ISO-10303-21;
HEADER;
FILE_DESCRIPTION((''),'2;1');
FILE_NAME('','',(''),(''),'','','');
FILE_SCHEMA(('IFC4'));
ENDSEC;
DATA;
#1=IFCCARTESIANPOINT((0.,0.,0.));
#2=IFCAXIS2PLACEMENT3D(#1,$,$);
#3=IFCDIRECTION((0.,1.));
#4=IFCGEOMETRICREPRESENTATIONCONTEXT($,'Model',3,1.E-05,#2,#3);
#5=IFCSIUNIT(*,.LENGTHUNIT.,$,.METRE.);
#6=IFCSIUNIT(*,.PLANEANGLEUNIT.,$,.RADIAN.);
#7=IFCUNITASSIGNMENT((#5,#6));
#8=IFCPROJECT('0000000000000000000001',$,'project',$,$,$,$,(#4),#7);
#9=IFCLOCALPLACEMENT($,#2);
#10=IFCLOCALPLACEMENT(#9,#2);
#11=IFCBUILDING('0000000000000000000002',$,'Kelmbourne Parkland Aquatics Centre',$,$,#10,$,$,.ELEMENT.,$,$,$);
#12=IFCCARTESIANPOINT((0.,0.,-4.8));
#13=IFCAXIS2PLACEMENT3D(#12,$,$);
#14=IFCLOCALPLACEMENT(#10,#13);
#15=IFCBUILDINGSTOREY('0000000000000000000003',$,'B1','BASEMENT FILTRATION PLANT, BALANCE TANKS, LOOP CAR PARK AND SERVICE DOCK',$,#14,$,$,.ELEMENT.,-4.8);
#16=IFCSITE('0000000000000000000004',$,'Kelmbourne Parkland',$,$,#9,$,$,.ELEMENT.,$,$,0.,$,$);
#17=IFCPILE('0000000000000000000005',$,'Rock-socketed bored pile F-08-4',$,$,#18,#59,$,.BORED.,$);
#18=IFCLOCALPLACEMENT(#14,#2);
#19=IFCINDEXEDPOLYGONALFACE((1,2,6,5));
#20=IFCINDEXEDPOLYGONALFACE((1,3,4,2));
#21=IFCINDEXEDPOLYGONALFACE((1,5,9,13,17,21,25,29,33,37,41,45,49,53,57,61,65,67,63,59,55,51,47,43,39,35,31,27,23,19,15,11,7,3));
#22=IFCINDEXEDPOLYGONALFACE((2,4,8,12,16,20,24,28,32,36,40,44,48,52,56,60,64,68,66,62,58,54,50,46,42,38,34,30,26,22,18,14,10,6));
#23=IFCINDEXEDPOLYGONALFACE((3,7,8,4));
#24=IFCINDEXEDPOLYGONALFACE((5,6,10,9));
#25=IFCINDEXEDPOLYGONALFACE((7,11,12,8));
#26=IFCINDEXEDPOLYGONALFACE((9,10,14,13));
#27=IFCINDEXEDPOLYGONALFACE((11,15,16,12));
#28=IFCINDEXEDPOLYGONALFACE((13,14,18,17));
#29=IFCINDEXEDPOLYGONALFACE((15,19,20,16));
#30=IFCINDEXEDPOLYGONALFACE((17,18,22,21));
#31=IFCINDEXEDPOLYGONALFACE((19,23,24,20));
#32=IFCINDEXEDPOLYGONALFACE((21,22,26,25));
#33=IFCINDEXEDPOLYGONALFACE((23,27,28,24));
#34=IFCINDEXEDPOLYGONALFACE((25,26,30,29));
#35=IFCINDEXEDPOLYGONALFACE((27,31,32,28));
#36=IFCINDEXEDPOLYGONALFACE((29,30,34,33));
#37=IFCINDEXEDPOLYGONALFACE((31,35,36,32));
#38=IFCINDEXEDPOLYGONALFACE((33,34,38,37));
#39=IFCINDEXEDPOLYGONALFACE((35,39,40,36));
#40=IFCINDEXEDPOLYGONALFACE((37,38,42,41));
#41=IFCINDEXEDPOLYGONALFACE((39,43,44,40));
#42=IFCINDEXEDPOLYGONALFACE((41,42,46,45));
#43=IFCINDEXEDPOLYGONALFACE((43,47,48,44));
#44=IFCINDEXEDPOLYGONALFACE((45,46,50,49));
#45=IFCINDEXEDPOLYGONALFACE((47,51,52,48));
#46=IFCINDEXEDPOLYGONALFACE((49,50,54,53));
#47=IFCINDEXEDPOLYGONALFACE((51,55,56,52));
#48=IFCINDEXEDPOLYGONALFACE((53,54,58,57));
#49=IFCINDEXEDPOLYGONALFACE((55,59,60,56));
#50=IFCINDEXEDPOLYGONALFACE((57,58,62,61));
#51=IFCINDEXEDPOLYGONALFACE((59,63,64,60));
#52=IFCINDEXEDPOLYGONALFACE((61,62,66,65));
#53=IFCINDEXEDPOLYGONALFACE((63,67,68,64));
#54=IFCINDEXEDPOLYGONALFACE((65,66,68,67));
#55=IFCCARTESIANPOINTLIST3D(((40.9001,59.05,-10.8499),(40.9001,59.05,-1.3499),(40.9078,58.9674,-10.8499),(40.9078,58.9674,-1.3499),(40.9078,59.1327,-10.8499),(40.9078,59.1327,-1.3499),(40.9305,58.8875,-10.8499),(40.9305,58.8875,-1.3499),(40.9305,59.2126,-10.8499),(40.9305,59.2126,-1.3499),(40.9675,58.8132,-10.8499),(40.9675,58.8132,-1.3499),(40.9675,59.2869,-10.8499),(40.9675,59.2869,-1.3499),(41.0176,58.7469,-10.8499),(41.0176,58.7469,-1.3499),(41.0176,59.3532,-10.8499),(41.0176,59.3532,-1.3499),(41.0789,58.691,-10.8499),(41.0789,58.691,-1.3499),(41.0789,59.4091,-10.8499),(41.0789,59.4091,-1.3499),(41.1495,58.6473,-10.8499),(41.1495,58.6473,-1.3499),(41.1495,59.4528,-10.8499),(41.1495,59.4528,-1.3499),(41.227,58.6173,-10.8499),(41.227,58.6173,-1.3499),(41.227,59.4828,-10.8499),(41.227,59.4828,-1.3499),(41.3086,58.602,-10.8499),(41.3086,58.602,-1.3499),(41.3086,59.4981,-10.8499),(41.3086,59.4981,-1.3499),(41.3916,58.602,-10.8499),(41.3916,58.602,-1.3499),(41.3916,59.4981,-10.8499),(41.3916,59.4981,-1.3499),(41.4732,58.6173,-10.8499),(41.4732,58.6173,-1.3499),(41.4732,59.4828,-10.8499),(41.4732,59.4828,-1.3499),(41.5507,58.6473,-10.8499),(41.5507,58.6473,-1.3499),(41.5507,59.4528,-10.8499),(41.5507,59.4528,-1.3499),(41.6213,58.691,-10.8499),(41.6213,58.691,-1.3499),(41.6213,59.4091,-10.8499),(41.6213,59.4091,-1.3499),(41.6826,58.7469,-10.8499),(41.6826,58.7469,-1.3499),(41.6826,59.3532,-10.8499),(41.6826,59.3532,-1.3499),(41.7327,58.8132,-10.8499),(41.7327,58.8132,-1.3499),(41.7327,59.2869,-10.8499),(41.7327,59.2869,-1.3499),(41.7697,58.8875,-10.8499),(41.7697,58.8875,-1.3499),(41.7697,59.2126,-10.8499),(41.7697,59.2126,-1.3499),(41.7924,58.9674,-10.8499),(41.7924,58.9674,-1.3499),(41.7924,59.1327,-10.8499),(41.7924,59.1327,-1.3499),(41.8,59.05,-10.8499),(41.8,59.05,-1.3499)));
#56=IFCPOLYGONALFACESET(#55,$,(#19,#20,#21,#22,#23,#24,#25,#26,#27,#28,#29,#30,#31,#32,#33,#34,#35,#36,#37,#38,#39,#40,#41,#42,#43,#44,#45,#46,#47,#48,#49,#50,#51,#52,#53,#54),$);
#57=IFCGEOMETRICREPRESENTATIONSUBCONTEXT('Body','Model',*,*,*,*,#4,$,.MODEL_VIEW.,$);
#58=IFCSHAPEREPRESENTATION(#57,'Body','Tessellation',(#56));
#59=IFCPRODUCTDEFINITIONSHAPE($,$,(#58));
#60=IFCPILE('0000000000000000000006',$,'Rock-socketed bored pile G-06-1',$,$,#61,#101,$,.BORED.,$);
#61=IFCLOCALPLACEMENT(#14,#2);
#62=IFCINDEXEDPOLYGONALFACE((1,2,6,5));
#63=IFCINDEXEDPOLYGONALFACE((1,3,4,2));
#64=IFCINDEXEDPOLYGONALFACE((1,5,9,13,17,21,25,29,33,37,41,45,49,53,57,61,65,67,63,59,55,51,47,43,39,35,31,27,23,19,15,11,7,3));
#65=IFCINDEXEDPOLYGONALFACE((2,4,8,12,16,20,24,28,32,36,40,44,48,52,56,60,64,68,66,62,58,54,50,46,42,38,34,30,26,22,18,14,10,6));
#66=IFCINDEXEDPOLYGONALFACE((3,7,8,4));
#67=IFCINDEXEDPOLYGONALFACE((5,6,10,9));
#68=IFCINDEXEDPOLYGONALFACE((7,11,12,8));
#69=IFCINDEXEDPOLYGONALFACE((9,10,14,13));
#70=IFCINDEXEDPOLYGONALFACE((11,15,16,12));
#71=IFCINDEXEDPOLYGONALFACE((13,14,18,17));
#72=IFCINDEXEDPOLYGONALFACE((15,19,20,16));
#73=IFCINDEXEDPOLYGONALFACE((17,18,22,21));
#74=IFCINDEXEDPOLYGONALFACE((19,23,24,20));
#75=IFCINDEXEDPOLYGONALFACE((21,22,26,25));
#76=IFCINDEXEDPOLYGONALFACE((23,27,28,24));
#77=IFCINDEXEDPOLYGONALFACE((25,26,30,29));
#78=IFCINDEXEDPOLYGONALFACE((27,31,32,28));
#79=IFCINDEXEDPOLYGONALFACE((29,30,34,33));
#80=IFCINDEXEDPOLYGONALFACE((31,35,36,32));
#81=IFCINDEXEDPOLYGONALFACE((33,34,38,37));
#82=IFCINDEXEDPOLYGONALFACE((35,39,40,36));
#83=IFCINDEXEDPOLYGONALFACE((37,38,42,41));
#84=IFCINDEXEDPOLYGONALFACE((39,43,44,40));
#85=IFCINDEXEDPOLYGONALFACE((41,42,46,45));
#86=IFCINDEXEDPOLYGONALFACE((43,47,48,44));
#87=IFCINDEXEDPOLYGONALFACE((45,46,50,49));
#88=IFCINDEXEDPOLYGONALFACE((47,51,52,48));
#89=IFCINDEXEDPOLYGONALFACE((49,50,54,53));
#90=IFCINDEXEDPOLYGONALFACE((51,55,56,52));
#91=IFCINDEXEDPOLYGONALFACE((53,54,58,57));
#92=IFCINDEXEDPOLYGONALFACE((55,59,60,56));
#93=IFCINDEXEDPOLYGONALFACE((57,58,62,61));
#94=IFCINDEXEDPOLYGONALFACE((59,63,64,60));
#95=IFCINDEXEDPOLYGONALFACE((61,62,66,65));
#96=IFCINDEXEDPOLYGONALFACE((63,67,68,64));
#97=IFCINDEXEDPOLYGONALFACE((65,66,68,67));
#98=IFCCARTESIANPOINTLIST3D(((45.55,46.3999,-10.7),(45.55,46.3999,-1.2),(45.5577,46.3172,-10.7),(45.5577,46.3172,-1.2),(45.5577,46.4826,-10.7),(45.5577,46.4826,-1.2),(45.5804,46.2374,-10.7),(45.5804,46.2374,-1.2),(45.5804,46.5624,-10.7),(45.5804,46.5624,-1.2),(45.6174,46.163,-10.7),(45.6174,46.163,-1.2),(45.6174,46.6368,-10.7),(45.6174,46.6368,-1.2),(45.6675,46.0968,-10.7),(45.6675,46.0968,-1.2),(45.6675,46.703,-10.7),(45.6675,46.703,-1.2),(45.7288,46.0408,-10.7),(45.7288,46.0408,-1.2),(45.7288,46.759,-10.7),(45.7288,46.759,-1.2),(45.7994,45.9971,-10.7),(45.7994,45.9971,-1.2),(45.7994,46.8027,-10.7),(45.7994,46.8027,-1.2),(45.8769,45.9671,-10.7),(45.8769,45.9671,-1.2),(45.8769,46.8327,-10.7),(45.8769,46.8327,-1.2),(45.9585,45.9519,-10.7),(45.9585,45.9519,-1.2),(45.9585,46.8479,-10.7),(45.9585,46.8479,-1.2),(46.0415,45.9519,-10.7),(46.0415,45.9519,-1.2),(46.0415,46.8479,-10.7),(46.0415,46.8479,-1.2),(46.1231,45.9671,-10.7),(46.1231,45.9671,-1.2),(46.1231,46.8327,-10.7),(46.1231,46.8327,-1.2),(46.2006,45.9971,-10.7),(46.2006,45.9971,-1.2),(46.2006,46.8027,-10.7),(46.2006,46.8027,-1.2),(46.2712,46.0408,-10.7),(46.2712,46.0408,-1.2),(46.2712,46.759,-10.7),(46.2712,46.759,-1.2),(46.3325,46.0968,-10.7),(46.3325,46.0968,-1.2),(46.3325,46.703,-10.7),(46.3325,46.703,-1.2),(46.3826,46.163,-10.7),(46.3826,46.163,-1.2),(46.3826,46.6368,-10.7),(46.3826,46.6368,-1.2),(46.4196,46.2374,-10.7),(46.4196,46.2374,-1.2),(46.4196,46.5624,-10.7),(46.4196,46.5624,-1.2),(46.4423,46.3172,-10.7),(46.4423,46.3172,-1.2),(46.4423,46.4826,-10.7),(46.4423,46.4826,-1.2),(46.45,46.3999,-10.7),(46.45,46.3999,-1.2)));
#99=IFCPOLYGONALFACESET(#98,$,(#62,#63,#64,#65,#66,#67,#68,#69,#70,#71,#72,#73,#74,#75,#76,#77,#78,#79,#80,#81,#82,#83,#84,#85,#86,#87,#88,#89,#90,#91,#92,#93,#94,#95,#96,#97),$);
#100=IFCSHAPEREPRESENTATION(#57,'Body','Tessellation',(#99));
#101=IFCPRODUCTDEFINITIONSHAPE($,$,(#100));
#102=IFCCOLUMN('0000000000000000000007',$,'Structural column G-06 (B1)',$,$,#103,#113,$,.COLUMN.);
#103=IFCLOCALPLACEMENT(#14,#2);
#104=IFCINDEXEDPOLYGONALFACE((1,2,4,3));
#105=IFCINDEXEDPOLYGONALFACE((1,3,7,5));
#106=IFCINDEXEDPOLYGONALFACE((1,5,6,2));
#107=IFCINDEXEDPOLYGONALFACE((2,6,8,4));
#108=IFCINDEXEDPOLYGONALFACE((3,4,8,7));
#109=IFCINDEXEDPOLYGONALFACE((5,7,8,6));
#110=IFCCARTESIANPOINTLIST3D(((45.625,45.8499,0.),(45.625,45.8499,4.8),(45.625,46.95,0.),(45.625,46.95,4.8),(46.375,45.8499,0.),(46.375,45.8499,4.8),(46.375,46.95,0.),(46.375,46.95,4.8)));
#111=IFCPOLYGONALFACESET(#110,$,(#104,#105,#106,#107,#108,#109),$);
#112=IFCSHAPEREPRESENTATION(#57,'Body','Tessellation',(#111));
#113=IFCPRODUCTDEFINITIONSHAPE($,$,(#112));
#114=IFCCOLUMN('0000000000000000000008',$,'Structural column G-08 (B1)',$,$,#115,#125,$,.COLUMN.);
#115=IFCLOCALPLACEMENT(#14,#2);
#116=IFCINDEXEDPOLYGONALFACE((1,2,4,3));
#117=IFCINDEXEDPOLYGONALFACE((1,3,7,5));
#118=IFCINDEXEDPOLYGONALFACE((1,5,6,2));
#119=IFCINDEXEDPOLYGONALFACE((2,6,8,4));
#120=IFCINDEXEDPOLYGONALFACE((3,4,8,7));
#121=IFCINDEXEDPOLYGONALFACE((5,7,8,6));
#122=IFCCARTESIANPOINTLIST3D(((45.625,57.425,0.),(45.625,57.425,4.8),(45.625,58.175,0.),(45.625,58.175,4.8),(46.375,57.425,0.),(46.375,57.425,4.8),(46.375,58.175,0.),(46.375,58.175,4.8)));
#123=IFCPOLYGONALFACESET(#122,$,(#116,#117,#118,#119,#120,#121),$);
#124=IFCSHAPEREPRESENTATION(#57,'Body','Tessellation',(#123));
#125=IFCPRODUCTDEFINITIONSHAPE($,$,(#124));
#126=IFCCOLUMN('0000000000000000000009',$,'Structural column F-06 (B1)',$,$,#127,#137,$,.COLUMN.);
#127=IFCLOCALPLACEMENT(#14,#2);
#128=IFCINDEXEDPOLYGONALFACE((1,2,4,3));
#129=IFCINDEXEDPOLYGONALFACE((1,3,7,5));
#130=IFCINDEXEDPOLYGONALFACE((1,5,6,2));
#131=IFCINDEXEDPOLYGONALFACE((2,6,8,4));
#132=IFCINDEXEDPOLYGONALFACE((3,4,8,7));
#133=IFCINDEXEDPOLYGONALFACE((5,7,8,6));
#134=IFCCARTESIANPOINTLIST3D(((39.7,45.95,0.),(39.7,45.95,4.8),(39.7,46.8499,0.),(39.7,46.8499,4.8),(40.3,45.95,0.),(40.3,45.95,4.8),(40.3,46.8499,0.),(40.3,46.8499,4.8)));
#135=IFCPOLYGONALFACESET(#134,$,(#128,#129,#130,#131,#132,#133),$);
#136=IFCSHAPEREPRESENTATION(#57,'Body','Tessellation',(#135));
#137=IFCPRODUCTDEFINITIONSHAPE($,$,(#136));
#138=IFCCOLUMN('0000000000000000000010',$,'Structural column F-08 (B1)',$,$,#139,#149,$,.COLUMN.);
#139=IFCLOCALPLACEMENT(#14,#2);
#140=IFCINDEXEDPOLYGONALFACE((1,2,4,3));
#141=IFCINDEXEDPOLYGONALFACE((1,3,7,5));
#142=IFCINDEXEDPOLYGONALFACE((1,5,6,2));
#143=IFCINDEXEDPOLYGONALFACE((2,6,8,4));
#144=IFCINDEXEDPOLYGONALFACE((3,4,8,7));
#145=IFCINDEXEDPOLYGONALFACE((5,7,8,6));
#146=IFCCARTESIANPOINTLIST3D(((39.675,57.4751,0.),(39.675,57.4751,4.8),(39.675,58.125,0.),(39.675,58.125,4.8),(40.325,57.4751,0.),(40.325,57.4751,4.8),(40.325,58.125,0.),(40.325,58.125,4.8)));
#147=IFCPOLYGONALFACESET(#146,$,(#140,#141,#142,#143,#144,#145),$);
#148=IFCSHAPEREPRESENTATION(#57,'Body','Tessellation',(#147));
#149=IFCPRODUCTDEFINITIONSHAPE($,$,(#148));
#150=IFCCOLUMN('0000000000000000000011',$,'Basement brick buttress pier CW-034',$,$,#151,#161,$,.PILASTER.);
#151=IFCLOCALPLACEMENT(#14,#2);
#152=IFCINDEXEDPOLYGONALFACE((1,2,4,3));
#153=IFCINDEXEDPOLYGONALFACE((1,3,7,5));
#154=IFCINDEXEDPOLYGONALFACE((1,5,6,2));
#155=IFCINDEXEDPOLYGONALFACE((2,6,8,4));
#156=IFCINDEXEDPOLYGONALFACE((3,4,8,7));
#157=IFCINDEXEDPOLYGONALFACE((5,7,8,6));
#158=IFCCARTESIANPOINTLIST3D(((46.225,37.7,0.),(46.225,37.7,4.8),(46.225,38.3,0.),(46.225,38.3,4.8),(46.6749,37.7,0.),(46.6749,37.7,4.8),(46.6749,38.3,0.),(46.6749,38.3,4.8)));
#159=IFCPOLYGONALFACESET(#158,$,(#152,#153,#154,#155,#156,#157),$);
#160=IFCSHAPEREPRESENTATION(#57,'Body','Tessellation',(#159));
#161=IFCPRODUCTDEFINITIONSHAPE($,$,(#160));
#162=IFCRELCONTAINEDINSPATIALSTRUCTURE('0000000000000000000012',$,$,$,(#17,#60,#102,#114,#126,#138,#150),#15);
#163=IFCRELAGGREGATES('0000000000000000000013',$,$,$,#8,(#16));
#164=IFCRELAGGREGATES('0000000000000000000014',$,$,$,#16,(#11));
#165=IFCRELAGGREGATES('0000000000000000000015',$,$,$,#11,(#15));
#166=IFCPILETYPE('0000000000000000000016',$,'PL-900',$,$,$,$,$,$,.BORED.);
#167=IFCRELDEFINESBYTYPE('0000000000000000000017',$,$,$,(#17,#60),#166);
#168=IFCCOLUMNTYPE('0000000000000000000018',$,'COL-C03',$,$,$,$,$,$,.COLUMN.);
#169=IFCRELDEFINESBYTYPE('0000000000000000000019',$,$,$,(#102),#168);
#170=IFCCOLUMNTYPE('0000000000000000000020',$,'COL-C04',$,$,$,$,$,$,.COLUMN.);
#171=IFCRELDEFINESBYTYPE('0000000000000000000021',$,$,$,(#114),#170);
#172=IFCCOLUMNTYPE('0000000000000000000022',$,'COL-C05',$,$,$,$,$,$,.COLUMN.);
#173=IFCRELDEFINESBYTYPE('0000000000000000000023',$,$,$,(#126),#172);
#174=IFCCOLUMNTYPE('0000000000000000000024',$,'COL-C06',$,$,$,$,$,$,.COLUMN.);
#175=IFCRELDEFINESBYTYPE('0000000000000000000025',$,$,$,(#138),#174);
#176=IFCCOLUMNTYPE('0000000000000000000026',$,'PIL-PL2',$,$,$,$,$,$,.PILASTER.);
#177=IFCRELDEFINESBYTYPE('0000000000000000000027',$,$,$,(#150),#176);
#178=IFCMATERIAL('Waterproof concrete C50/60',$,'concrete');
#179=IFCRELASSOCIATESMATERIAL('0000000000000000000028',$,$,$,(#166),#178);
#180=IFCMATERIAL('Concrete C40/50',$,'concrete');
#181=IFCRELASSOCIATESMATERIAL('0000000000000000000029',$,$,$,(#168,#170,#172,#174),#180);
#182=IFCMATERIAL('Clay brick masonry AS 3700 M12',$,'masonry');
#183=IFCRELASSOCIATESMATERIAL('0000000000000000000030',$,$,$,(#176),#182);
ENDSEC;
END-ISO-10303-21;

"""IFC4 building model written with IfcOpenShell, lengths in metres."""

from ifc_helpers import new_model, si_unit, direction, frame, origin, origin_2d, place, context, subcontext, project, spatial, rectangle, circle, extrude, material, material_profile, profile_set, type_object, element, save


model = new_model("IFC4")

# Units and contexts
model_context = context("Model", 3, precision=1e-05, world=origin(), true_north=direction((0.0, 1.0)))
body_context = subcontext(model_context, "Body", "Model", "MODEL_VIEW")
ifc_project = project(units=[si_unit("LENGTHUNIT", "METRE"), si_unit("PLANEANGLEUNIT", "RADIAN")], contexts=[model_context])

# Site, building, storey
site_placement = place(None, origin())
site = spatial("IfcSite", under=ifc_project, at=site_placement, Name="Kelmbourne Parkland", CompositionType="ELEMENT", RefElevation=0.0)
building_placement = place(site_placement, origin())
building = spatial("IfcBuilding", under=site, at=building_placement, Name="Kelmbourne Parkland Aquatics Centre", CompositionType="ELEMENT")
storey_placement = place(building_placement, frame((0.0, 0.0, -4.8)))
storey = spatial("IfcBuildingStorey", under=building, at=storey_placement, Name="B1", Description="BASEMENT FILTRATION PLANT, BALANCE TANKS, LOOP CAR PARK AND SERVICE DOCK", CompositionType="ELEMENT", Elevation=-4.8)

# Shared definitions
ifc_material_1 = material(Name="Waterproof concrete C50/60", Category="concrete")

# Piles
ifc_material_profile_1 = material_profile(ifc_material_1, circle(Radius=0.45, at=origin_2d()), Name="PILE D900")
ifc_profile_set_1 = profile_set([ifc_material_profile_1], Name="Waterproof concrete C50/60")
pile_type_1 = type_object("IfcPileType", Name="PL-900", PredefinedType="BORED", material=ifc_profile_set_1)
for number, where, z_axis, x_axis, name in (
    (1, (41.3501, 59.05, -1.3499), (0.0, 0.0, -1.0), (1.0, 0.0, 0.0), "Rock-socketed bored pile F-08-4"),
    (2, (46.0, 46.3999, -1.2), (0.0, 0.0, -1.0), (1.0, 0.0, 0.0), "Rock-socketed bored pile G-06-1"),
):
    element("IfcPile", number, at=place(storey_placement, frame(where, z_axis=z_axis, x_axis=x_axis)), inside=storey, type_object=pile_type_1, Name=name, PredefinedType="BORED", context=body_context, shape_type="SweptSolid", body=[
        extrude(circle(Radius=0.45, at=origin_2d()), origin(), (0.0, 0.0, 1.0), 9.5),
    ])

# Columns
ifc_material_2 = material(Name="Concrete C40/50", Category="concrete")
ifc_material_profile_2 = material_profile(ifc_material_2, rectangle(XDim=0.75, YDim=1.1001, at=origin_2d()), Name="RC 750x1100")
ifc_profile_set_2 = profile_set([ifc_material_profile_2], Name="Concrete C40/50")
column_type_1 = type_object("IfcColumnType", Name="COL-C03", PredefinedType="COLUMN", material=ifc_profile_set_2)
column_1_placement = place(storey_placement, frame((46.0, 46.3999, 0.0), z_axis=(0.0, 0.0, 1.0), x_axis=(1.0, 0.0, 0.0)))
element("IfcColumn", 3, at=column_1_placement, inside=storey, type_object=column_type_1, Name="Structural column G-06 (B1)", PredefinedType="COLUMN", context=body_context, shape_type="SweptSolid", body=[
    extrude(rectangle(XDim=0.75, YDim=1.1001, at=origin_2d()), origin(), (0.0, 0.0, 1.0), 4.8),
])
ifc_material_profile_3 = material_profile(ifc_material_2, rectangle(XDim=0.75, YDim=0.75, at=origin_2d()), Name="RC 750x750")
ifc_profile_set_3 = profile_set([ifc_material_profile_3], Name="Concrete C40/50")
column_type_2 = type_object("IfcColumnType", Name="COL-C04", PredefinedType="COLUMN", material=ifc_profile_set_3)
column_2_placement = place(storey_placement, frame((46.0, 57.8, 0.0), z_axis=(0.0, 0.0, 1.0), x_axis=(1.0, 0.0, 0.0)))
element("IfcColumn", 4, at=column_2_placement, inside=storey, type_object=column_type_2, Name="Structural column G-08 (B1)", PredefinedType="COLUMN", context=body_context, shape_type="SweptSolid", body=[
    extrude(rectangle(XDim=0.75, YDim=0.75, at=origin_2d()), origin(), (0.0, 0.0, 1.0), 4.8),
])
ifc_material_profile_4 = material_profile(ifc_material_2, rectangle(XDim=0.6001, YDim=0.8999, at=origin_2d()), Name="RC 600x900")
ifc_profile_set_4 = profile_set([ifc_material_profile_4], Name="Concrete C40/50")
column_type_3 = type_object("IfcColumnType", Name="COL-C05", PredefinedType="COLUMN", material=ifc_profile_set_4)
column_3_placement = place(storey_placement, frame((40.0, 46.3999, 0.0), z_axis=(0.0, 0.0, 1.0), x_axis=(1.0, 0.0, 0.0)))
element("IfcColumn", 5, at=column_3_placement, inside=storey, type_object=column_type_3, Name="Structural column F-06 (B1)", PredefinedType="COLUMN", context=body_context, shape_type="SweptSolid", body=[
    extrude(rectangle(XDim=0.6001, YDim=0.8999, at=origin_2d()), origin(), (0.0, 0.0, 1.0), 4.8),
])
ifc_material_profile_5 = material_profile(ifc_material_2, rectangle(XDim=0.6499, YDim=0.6499, at=origin_2d()), Name="RC 650x650")
ifc_profile_set_5 = profile_set([ifc_material_profile_5], Name="Concrete C40/50")
column_type_4 = type_object("IfcColumnType", Name="COL-C06", PredefinedType="COLUMN", material=ifc_profile_set_5)
column_4_placement = place(storey_placement, frame((40.0, 57.8, 0.0), z_axis=(0.0, 0.0, 1.0), x_axis=(1.0, 0.0, 0.0)))
element("IfcColumn", 6, at=column_4_placement, inside=storey, type_object=column_type_4, Name="Structural column F-08 (B1)", PredefinedType="COLUMN", context=body_context, shape_type="SweptSolid", body=[
    extrude(rectangle(XDim=0.6499, YDim=0.6499, at=origin_2d()), origin(), (0.0, 0.0, 1.0), 4.8),
])
ifc_material_3 = material(Name="Clay brick masonry AS 3700 M12", Category="masonry")
ifc_material_profile_6 = material_profile(ifc_material_3, rectangle(XDim=0.45, YDim=0.6001, at=origin_2d()), Name="PIL 450x600")
ifc_profile_set_6 = profile_set([ifc_material_profile_6], Name="Clay brick masonry AS 3700 M12")
column_type_5 = type_object("IfcColumnType", Name="PIL-PL2", PredefinedType="PILASTER", material=ifc_profile_set_6)
column_5_placement = place(storey_placement, frame((46.45, 38.0, 0.0), z_axis=(0.0, 0.0, 1.0), x_axis=(1.0, 0.0, 0.0)))
element("IfcColumn", 7, at=column_5_placement, inside=storey, type_object=column_type_5, Name="Basement brick buttress pier CW-034", PredefinedType="PILASTER", context=body_context, shape_type="SweptSolid", body=[
    extrude(rectangle(XDim=0.45, YDim=0.6001, at=origin_2d()), origin(), (0.0, 0.0, 1.0), 4.8),
])

save(model, "model.ifc")
